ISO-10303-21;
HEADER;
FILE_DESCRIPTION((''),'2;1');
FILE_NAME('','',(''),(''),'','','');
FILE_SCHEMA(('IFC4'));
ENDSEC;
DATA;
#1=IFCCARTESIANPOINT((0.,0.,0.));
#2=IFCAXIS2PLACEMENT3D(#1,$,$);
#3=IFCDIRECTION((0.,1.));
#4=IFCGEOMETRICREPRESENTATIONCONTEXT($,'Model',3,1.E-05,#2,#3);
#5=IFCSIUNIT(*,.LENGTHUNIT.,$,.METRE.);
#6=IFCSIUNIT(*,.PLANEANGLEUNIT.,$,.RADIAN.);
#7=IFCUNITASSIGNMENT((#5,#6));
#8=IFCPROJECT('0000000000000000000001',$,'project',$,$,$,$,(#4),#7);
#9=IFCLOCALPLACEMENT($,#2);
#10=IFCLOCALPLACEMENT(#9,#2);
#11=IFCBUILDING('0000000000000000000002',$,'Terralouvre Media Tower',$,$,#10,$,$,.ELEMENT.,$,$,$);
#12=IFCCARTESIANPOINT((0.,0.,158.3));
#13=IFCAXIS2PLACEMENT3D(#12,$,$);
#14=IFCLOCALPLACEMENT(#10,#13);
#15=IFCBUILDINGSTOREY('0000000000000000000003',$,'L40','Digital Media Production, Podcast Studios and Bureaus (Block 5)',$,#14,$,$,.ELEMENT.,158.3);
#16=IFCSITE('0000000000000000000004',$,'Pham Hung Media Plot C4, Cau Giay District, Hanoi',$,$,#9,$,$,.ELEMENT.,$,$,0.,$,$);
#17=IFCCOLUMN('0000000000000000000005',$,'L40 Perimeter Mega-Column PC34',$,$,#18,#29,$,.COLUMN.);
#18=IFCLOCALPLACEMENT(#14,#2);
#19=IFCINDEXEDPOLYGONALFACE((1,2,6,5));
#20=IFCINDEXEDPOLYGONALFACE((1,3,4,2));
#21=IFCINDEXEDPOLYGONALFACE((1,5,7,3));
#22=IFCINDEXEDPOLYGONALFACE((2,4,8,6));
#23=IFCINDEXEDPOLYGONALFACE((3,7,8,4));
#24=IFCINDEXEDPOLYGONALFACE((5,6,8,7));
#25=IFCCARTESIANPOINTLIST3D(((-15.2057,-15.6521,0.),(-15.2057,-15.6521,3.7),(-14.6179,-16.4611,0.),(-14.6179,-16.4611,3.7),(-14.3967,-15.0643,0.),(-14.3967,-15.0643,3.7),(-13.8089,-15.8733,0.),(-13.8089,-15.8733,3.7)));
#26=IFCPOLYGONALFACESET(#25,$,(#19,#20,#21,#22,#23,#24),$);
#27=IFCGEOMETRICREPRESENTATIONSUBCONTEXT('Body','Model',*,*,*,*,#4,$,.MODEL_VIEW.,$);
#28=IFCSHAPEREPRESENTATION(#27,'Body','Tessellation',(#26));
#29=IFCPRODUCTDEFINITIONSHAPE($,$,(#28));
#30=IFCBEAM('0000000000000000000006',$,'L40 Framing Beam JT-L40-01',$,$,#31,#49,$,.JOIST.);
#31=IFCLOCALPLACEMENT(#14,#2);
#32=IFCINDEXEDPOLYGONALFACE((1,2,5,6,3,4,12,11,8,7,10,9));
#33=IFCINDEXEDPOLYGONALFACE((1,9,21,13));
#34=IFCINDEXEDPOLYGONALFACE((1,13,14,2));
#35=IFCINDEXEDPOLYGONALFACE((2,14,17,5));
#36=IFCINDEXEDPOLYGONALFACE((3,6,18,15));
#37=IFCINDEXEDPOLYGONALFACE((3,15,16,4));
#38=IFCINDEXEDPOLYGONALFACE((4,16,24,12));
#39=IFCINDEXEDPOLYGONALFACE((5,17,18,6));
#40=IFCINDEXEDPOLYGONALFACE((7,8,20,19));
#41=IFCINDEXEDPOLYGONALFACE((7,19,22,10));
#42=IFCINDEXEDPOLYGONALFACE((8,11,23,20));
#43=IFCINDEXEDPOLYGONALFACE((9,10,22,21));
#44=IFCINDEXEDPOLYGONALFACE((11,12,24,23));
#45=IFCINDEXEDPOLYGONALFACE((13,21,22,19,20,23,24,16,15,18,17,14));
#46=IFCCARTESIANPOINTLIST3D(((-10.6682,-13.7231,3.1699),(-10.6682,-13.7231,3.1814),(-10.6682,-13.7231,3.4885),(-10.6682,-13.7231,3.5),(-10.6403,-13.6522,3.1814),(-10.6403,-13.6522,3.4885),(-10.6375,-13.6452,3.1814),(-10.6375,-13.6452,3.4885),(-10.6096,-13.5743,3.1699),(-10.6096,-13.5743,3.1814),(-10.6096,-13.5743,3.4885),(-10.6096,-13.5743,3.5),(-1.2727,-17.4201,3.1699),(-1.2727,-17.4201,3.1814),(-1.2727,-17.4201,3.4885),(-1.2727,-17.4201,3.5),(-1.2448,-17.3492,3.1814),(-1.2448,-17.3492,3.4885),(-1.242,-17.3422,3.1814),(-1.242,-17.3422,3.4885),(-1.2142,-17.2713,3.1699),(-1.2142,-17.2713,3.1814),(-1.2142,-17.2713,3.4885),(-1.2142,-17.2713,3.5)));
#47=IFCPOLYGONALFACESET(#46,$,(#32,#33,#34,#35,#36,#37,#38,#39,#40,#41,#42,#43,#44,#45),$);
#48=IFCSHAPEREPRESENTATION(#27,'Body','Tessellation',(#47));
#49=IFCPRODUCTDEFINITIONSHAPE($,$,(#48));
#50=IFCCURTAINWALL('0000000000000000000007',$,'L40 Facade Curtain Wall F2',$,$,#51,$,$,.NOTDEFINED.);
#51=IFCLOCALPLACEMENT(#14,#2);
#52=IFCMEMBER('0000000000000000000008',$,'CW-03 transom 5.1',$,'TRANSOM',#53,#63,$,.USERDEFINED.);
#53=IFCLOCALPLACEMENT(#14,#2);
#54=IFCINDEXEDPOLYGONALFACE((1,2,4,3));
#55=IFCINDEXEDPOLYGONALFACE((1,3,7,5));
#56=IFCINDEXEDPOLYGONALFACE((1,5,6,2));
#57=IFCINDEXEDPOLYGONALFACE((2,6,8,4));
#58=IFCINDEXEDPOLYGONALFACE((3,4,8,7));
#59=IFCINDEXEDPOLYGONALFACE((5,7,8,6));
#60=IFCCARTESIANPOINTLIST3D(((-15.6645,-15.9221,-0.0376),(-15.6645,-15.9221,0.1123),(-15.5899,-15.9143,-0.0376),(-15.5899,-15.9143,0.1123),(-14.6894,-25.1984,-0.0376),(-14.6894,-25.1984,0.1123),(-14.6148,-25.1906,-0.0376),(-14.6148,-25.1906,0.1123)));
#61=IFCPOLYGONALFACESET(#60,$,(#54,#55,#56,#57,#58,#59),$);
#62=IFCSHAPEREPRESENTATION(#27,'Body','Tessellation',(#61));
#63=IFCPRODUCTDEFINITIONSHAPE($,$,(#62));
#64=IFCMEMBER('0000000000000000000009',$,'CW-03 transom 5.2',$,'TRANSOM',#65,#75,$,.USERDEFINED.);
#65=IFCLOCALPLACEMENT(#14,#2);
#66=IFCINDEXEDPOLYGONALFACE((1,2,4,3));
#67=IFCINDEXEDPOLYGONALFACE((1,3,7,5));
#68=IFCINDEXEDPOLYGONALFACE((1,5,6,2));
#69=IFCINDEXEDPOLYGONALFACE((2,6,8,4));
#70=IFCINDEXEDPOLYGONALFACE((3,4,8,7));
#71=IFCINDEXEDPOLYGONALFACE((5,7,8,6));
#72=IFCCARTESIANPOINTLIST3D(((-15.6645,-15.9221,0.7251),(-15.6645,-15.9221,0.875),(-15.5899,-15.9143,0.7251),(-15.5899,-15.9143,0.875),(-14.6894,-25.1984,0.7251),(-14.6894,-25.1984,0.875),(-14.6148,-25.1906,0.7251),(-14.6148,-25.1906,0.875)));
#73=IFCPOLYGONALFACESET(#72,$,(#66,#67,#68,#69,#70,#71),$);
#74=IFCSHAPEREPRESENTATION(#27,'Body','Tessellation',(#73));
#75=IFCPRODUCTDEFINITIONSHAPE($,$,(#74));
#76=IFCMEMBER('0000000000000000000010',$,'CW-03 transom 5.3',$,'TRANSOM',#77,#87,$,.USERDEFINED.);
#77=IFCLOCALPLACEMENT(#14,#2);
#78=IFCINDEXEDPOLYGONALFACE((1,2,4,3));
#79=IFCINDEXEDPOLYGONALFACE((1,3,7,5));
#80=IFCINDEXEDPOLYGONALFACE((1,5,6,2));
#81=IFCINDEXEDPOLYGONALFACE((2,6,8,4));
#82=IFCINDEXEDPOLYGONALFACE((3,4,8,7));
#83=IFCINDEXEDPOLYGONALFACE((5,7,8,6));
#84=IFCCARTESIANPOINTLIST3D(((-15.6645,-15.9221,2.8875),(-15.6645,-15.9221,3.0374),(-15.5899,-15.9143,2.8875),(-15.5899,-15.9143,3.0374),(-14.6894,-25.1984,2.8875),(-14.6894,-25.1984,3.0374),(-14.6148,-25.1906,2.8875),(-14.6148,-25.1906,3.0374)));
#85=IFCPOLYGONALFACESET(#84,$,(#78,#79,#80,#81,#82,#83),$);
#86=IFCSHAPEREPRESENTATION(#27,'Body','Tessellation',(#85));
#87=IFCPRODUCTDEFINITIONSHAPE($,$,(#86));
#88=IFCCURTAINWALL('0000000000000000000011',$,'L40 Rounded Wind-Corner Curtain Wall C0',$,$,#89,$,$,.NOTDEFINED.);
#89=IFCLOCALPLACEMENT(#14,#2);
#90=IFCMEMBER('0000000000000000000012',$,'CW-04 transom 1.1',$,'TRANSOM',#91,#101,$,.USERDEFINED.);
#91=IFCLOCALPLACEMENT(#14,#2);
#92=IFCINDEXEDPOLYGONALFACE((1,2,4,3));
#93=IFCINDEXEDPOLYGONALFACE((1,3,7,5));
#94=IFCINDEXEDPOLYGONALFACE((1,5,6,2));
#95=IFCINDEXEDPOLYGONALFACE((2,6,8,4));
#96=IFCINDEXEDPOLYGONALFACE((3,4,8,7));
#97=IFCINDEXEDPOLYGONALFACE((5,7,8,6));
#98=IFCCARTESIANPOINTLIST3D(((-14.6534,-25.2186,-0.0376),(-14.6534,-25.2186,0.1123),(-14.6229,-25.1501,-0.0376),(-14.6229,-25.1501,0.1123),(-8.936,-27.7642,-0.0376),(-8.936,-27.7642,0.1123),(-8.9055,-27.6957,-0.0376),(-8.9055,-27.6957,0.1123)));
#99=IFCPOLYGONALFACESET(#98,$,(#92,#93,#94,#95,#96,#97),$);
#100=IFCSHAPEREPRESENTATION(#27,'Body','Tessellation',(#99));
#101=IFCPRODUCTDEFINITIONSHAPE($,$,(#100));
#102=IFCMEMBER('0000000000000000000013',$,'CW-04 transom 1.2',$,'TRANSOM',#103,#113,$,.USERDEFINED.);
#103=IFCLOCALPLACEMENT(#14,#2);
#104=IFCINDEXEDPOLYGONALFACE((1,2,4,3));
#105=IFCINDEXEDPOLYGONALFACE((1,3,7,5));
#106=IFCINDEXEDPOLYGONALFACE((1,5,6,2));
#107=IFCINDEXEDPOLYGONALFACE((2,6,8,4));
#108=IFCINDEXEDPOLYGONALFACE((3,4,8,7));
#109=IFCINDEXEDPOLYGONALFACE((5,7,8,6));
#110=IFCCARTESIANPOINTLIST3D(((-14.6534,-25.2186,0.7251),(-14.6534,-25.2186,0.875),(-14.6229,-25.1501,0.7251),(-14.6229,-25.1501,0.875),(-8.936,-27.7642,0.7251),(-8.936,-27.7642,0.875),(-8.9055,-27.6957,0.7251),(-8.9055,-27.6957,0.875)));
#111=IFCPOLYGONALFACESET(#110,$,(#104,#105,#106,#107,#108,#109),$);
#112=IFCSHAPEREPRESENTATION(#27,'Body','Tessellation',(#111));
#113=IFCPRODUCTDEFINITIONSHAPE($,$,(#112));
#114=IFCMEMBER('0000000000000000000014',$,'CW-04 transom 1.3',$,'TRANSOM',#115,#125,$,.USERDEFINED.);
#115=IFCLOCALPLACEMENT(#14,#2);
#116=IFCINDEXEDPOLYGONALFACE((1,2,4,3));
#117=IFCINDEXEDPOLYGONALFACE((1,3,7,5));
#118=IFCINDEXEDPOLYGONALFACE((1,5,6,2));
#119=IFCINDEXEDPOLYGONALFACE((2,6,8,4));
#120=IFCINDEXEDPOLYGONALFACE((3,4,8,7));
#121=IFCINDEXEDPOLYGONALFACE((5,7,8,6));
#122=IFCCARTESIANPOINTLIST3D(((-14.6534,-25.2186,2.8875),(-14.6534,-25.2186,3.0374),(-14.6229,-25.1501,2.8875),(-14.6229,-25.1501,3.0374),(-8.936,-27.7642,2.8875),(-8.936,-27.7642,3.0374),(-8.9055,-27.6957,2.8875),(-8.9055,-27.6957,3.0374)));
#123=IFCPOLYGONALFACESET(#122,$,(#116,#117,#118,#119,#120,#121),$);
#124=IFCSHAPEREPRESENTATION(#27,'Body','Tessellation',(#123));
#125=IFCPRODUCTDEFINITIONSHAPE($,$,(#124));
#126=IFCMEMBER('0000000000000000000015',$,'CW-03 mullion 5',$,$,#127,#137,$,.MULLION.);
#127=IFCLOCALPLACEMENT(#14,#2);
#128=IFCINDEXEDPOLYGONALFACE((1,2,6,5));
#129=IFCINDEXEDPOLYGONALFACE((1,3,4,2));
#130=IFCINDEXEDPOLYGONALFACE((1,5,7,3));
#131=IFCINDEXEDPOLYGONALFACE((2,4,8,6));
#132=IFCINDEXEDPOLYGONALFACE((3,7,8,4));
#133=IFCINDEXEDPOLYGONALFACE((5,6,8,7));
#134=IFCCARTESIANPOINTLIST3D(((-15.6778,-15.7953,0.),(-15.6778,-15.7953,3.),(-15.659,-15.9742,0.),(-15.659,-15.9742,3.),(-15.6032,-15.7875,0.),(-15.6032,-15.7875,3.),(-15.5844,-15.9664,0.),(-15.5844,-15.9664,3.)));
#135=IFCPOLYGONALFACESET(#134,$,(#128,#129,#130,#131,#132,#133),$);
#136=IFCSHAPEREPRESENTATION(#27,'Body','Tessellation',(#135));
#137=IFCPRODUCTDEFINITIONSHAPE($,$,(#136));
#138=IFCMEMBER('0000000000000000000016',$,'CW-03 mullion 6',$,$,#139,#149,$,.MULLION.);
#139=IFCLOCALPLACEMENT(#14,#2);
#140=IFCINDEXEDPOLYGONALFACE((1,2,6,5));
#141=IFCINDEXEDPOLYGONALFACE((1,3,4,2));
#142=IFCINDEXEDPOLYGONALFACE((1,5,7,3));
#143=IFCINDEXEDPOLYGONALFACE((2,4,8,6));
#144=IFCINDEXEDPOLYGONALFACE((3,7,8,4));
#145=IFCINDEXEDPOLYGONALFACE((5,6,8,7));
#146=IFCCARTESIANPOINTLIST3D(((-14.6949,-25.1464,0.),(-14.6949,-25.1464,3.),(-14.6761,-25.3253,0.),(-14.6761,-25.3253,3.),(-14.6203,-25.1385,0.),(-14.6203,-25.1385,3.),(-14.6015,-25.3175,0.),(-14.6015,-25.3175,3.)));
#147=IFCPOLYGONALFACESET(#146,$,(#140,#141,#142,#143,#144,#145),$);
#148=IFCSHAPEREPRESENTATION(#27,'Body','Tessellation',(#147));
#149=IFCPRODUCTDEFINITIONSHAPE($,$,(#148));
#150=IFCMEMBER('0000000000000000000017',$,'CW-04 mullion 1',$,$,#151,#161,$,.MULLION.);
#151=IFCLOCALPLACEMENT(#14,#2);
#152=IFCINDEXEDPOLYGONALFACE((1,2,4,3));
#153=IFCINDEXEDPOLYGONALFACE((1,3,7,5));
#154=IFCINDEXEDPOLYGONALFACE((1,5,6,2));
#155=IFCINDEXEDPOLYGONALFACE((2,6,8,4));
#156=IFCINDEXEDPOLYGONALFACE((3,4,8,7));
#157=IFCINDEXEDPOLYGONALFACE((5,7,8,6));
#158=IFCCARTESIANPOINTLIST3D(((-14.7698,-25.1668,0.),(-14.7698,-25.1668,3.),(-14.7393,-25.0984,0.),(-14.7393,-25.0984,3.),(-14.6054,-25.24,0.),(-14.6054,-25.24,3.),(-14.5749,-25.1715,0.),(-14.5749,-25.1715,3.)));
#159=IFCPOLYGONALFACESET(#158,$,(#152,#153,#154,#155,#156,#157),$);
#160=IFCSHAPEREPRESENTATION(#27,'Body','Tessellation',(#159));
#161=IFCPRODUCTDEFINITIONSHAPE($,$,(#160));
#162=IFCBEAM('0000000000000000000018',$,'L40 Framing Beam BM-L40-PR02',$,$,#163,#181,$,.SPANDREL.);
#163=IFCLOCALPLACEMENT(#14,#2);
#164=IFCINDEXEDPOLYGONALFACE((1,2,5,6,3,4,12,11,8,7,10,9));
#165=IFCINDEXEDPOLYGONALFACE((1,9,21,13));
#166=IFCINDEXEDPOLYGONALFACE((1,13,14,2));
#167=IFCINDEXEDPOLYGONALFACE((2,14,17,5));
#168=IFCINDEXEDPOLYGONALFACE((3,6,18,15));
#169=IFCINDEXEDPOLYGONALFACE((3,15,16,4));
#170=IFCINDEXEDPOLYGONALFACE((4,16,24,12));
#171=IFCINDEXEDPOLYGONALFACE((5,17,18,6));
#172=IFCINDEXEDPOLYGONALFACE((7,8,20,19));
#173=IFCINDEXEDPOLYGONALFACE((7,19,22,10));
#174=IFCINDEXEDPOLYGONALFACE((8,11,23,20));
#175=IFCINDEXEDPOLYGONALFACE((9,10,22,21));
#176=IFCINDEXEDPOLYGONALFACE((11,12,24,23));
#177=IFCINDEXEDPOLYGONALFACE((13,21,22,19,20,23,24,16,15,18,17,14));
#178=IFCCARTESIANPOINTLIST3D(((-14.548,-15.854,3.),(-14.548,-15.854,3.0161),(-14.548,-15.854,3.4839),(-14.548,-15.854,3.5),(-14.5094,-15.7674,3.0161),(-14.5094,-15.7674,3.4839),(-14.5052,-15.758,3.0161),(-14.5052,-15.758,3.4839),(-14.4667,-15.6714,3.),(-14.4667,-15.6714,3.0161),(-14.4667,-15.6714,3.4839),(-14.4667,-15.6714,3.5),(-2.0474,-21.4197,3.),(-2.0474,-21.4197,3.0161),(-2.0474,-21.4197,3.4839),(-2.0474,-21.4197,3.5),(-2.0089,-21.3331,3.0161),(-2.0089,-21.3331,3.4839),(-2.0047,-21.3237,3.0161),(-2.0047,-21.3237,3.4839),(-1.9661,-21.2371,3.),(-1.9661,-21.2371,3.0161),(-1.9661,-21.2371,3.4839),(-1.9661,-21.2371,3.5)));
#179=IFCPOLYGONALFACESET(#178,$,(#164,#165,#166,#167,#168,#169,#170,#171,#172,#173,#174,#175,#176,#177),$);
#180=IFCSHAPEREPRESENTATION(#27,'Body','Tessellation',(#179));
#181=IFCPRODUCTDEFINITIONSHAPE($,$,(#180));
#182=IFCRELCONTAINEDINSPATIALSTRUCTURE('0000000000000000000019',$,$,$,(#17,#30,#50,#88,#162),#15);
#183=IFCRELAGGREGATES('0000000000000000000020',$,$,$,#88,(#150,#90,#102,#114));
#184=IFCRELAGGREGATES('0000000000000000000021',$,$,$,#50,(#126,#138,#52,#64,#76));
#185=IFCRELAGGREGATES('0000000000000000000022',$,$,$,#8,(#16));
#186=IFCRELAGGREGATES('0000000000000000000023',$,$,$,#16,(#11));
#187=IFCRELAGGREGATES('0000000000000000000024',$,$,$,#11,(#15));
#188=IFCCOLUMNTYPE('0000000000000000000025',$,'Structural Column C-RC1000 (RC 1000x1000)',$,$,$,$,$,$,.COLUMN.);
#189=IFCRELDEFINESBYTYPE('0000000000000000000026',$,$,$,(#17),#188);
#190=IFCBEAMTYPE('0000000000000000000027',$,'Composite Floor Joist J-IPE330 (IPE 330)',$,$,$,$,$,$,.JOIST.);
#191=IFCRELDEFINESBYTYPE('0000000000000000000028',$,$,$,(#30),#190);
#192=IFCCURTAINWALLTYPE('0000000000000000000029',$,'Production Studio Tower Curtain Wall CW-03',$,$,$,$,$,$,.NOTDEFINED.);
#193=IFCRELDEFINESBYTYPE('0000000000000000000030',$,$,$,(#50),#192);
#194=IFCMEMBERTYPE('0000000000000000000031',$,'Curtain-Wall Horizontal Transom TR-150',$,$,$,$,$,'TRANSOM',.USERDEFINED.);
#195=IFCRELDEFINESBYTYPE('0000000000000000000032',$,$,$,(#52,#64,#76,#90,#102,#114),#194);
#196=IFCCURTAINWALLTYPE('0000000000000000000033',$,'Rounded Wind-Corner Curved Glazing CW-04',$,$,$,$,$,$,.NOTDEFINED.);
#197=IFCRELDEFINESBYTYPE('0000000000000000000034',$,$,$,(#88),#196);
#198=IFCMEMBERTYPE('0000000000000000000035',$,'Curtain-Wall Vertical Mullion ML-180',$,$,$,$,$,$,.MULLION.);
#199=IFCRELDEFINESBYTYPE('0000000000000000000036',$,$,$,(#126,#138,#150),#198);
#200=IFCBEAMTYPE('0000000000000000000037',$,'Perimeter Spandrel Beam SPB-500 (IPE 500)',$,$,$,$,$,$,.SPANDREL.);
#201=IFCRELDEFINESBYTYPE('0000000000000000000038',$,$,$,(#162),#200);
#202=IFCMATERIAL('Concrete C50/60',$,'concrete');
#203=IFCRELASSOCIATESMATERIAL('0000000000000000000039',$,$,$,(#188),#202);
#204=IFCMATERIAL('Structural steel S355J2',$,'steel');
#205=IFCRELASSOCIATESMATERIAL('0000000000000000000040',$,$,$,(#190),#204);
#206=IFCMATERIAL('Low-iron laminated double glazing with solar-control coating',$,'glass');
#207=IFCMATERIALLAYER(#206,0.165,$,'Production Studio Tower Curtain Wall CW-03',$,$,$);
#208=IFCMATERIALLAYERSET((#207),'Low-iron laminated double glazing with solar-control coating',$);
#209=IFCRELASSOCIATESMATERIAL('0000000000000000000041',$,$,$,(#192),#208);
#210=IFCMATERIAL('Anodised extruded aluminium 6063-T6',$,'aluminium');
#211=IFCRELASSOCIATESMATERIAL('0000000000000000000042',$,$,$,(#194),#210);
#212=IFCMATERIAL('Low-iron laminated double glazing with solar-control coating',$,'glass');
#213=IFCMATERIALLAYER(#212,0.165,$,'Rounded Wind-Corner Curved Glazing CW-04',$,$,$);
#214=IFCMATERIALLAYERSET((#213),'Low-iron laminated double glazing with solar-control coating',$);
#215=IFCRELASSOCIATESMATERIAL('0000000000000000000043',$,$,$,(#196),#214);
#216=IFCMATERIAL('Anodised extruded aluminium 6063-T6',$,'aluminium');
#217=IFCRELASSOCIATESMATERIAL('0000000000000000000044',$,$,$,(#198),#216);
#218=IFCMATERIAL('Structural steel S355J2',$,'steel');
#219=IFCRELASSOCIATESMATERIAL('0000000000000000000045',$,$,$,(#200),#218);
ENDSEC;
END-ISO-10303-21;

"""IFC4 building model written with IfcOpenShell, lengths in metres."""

from ifc_helpers import new_model, si_unit, direction, frame, origin, origin_2d, place, context, subcontext, project, spatial, rectangle, i_section, extrude, material, layer, layer_set, material_profile, profile_set, type_object, element, aggregate, save


model = new_model("IFC4")

# Units and contexts
model_context = context("Model", 3, precision=1e-05, world=origin(), true_north=direction((0.0, 1.0)))
body_context = subcontext(model_context, "Body", "Model", "MODEL_VIEW")
ifc_project = project(units=[si_unit("LENGTHUNIT", "METRE"), si_unit("PLANEANGLEUNIT", "RADIAN")], contexts=[model_context])

# Site, building, storey
site_placement = place(None, origin())
site = spatial("IfcSite", under=ifc_project, at=site_placement, Name="Pham Hung Media Plot C4, Cau Giay District, Hanoi", CompositionType="ELEMENT", RefElevation=0.0)
building_placement = place(site_placement, origin())
building = spatial("IfcBuilding", under=site, at=building_placement, Name="Terralouvre Media Tower", CompositionType="ELEMENT")
storey_placement = place(building_placement, frame((0.0, 0.0, 158.3)))
storey = spatial("IfcBuildingStorey", under=building, at=storey_placement, Name="L40", Description="Digital Media Production, Podcast Studios and Bureaus (Block 5)", CompositionType="ELEMENT", Elevation=158.3)

# Column
ifc_material_1 = material(Name="Concrete C50/60", Category="concrete")
ifc_material_profile_1 = material_profile(ifc_material_1, rectangle(XDim=1.0, YDim=1.0, at=origin_2d()), Name="RC 1000x1000")
ifc_profile_set_1 = profile_set([ifc_material_profile_1], Name="Concrete C50/60")
column_type = type_object("IfcColumnType", Name="Structural Column C-RC1000 (RC 1000x1000)", PredefinedType="COLUMN", material=ifc_profile_set_1)
column_placement = place(storey_placement, frame((-14.5073, -15.7627, 0.0), z_axis=(0.0, 0.0, 1.0), x_axis=(0.809017, 0.587785, 0.0)))
element("IfcColumn", 1, at=column_placement, inside=storey, type_object=column_type, Name="L40 Perimeter Mega-Column PC34", PredefinedType="COLUMN", context=body_context, shape_type="SweptSolid", body=[
    extrude(rectangle(XDim=1.0, YDim=1.0, at=origin_2d()), origin(), (0.0, 0.0, 1.0), 3.7),
])

# Beam
ifc_material_2 = material(Name="Structural steel S355J2", Category="steel")
ifc_material_profile_2 = material_profile(ifc_material_2, i_section(OverallWidth=0.1599, OverallDepth=0.3301, WebThickness=0.0076, FlangeThickness=0.0115, at=origin_2d()), Name="IPE 330")
ifc_profile_set_2 = profile_set([ifc_material_profile_2], Name="Structural steel S355J2")
beam_type_1 = type_object("IfcBeamType", Name="Composite Floor Joist J-IPE330 (IPE 330)", PredefinedType="JOIST", material=ifc_profile_set_2)
beam_1_placement = place(storey_placement, frame((-10.6389, -13.6487, 3.335), z_axis=(0.930552, -0.366161, 0.0), x_axis=(0.366161, 0.930552, 0.0)))
element("IfcBeam", 2, at=beam_1_placement, inside=storey, type_object=beam_type_1, Name="L40 Framing Beam JT-L40-01", PredefinedType="JOIST", context=body_context, shape_type="SweptSolid", body=[
    extrude(i_section(OverallWidth=0.1599, OverallDepth=0.3301, WebThickness=0.0076, FlangeThickness=0.0115, at=origin_2d()), origin(), (0.0, 0.0, 1.0), 10.0967),
])

# Curtain walls, members
ifc_material_3 = material(Name="Low-iron laminated double glazing with solar-control coating", Category="glass")
ifc_layer_1 = layer(ifc_material_3, 0.165, Name="Production Studio Tower Curtain Wall CW-03")
ifc_layer_set_1 = layer_set([ifc_layer_1], Name="Low-iron laminated double glazing with solar-control coating")
curtain_wall_type_1 = type_object("IfcCurtainWallType", Name="Production Studio Tower Curtain Wall CW-03", PredefinedType="NOTDEFINED", material=ifc_layer_set_1)
curtain_wall_1_placement = place(storey_placement, origin())
curtain_wall_1 = element("IfcCurtainWall", 3, at=curtain_wall_1_placement, inside=storey, type_object=curtain_wall_type_1, Name="L40 Facade Curtain Wall F2", PredefinedType="NOTDEFINED")
ifc_material_4 = material(Name="Anodised extruded aluminium 6063-T6", Category="aluminium")
ifc_material_profile_3 = material_profile(ifc_material_4, rectangle(XDim=0.075, YDim=0.1499, at=origin_2d()), Name="ALU 75x150")
ifc_profile_set_3 = profile_set([ifc_material_profile_3], Name="Anodised extruded aluminium 6063-T6")
member_type_1 = type_object("IfcMemberType", Name="Curtain-Wall Horizontal Transom TR-150", ElementType="TRANSOM", PredefinedType="USERDEFINED", material=ifc_profile_set_3)
member_1_placement = place(storey_placement, frame((-15.6272, -15.9182, 0.0374), z_axis=(0.10454, -0.994521, 0.0), x_axis=(0.994521, 0.10454, 0.0)))
member_1 = element("IfcMember", 4, at=member_1_placement, type_object=member_type_1, Name="CW-03 transom 5.1", ObjectType="TRANSOM", PredefinedType="USERDEFINED", context=body_context, shape_type="SweptSolid", body=[
    extrude(rectangle(XDim=0.075, YDim=0.1499, at=origin_2d()), origin(), (0.0, 0.0, 1.0), 9.3274),
])
member_2_placement = place(storey_placement, frame((-15.6272, -15.9182, 0.8), z_axis=(0.10454, -0.994521, 0.0), x_axis=(0.994521, 0.10454, 0.0)))
member_2 = element("IfcMember", 5, at=member_2_placement, type_object=member_type_1, Name="CW-03 transom 5.2", ObjectType="TRANSOM", PredefinedType="USERDEFINED", context=body_context, shape_type="SweptSolid", body=[
    extrude(rectangle(XDim=0.075, YDim=0.1499, at=origin_2d()), origin(), (0.0, 0.0, 1.0), 9.3274),
])
member_3_placement = place(storey_placement, frame((-15.6272, -15.9182, 2.9624), z_axis=(0.10454, -0.994521, 0.0), x_axis=(0.994521, 0.10454, 0.0)))
member_3 = element("IfcMember", 6, at=member_3_placement, type_object=member_type_1, Name="CW-03 transom 5.3", ObjectType="TRANSOM", PredefinedType="USERDEFINED", context=body_context, shape_type="SweptSolid", body=[
    extrude(rectangle(XDim=0.075, YDim=0.1499, at=origin_2d()), origin(), (0.0, 0.0, 1.0), 9.3274),
])
ifc_material_5 = material(Name="Low-iron laminated double glazing with solar-control coating", Category="glass")
ifc_layer_2 = layer(ifc_material_5, 0.165, Name="Rounded Wind-Corner Curved Glazing CW-04")
ifc_layer_set_2 = layer_set([ifc_layer_2], Name="Low-iron laminated double glazing with solar-control coating")
curtain_wall_type_2 = type_object("IfcCurtainWallType", Name="Rounded Wind-Corner Curved Glazing CW-04", PredefinedType="NOTDEFINED", material=ifc_layer_set_2)
curtain_wall_2_placement = place(storey_placement, origin())
curtain_wall_2 = element("IfcCurtainWall", 7, at=curtain_wall_2_placement, inside=storey, type_object=curtain_wall_type_2, Name="L40 Rounded Wind-Corner Curtain Wall C0", PredefinedType="NOTDEFINED")
member_4_placement = place(storey_placement, frame((-14.6382, -25.1843, 0.0374), z_axis=(0.913543, -0.406743, 0.0), x_axis=(0.406743, 0.913543, 0.0)))
member_4 = element("IfcMember", 8, at=member_4_placement, type_object=member_type_1, Name="CW-04 transom 1.1", ObjectType="TRANSOM", PredefinedType="USERDEFINED", context=body_context, shape_type="SweptSolid", body=[
    extrude(rectangle(XDim=0.075, YDim=0.1499, at=origin_2d()), origin(), (0.0, 0.0, 1.0), 6.2585),
])
member_5_placement = place(storey_placement, frame((-14.6382, -25.1843, 0.8), z_axis=(0.913543, -0.406743, 0.0), x_axis=(0.406743, 0.913543, 0.0)))
member_5 = element("IfcMember", 9, at=member_5_placement, type_object=member_type_1, Name="CW-04 transom 1.2", ObjectType="TRANSOM", PredefinedType="USERDEFINED", context=body_context, shape_type="SweptSolid", body=[
    extrude(rectangle(XDim=0.075, YDim=0.1499, at=origin_2d()), origin(), (0.0, 0.0, 1.0), 6.2585),
])
member_6_placement = place(storey_placement, frame((-14.6382, -25.1843, 2.9624), z_axis=(0.913543, -0.406743, 0.0), x_axis=(0.406743, 0.913543, 0.0)))
member_6 = element("IfcMember", 10, at=member_6_placement, type_object=member_type_1, Name="CW-04 transom 1.3", ObjectType="TRANSOM", PredefinedType="USERDEFINED", context=body_context, shape_type="SweptSolid", body=[
    extrude(rectangle(XDim=0.075, YDim=0.1499, at=origin_2d()), origin(), (0.0, 0.0, 1.0), 6.2585),
])

# Members
ifc_material_6 = material(Name="Anodised extruded aluminium 6063-T6", Category="aluminium")
ifc_material_profile_4 = material_profile(ifc_material_6, rectangle(XDim=0.075, YDim=0.1799, at=origin_2d()), Name="ALU 75x180")
ifc_profile_set_4 = profile_set([ifc_material_profile_4], Name="Anodised extruded aluminium 6063-T6")
member_type_2 = type_object("IfcMemberType", Name="Curtain-Wall Vertical Mullion ML-180", PredefinedType="MULLION", material=ifc_profile_set_4)
member_7_placement = place(storey_placement, frame((-15.6311, -15.8809, 0.0), z_axis=(0.0, 0.0, 1.0), x_axis=(0.994522, 0.104528, 0.0)))
member_7 = element("IfcMember", 11, at=member_7_placement, type_object=member_type_2, Name="CW-03 mullion 5", PredefinedType="MULLION", context=body_context, shape_type="SweptSolid", body=[
    extrude(rectangle(XDim=0.075, YDim=0.1799, at=origin_2d()), origin(), (0.0, 0.0, 1.0), 3.0),
])
member_8_placement = place(storey_placement, frame((-14.6482, -25.2319, 0.0), z_axis=(0.0, 0.0, 1.0), x_axis=(0.994522, 0.104528, 0.0)))
member_8 = element("IfcMember", 12, at=member_8_placement, type_object=member_type_2, Name="CW-03 mullion 6", PredefinedType="MULLION", context=body_context, shape_type="SweptSolid", body=[
    extrude(rectangle(XDim=0.075, YDim=0.1799, at=origin_2d()), origin(), (0.0, 0.0, 1.0), 3.0),
])
member_9_placement = place(storey_placement, frame((-14.6724, -25.1692, 0.0), z_axis=(0.0, 0.0, 1.0), x_axis=(0.406737, 0.913545, 0.0)))
member_9 = element("IfcMember", 13, at=member_9_placement, type_object=member_type_2, Name="CW-04 mullion 1", PredefinedType="MULLION", context=body_context, shape_type="SweptSolid", body=[
    extrude(rectangle(XDim=0.075, YDim=0.1799, at=origin_2d()), origin(), (0.0, 0.0, 1.0), 3.0),
])

# Beam
ifc_material_7 = material(Name="Structural steel S355J2", Category="steel")
ifc_material_profile_5 = material_profile(ifc_material_7, i_section(OverallWidth=0.2, OverallDepth=0.5, WebThickness=0.0103, FlangeThickness=0.0161, at=origin_2d()), Name="IPE 500")
ifc_profile_set_5 = profile_set([ifc_material_profile_5], Name="Structural steel S355J2")
beam_type_2 = type_object("IfcBeamType", Name="Perimeter Spandrel Beam SPB-500 (IPE 500)", PredefinedType="SPANDREL", material=ifc_profile_set_5)
beam_2_placement = place(storey_placement, frame((-14.5073, -15.7627, 3.25), z_axis=(0.913543, -0.406743, 0.0), x_axis=(0.406743, 0.913543, 0.0)))
element("IfcBeam", 14, at=beam_2_placement, inside=storey, type_object=beam_type_2, Name="L40 Framing Beam BM-L40-PR02", PredefinedType="SPANDREL", context=body_context, shape_type="SweptSolid", body=[
    extrude(i_section(OverallWidth=0.2, OverallDepth=0.5, WebThickness=0.0103, FlangeThickness=0.0161, at=origin_2d()), origin(), (0.0, 0.0, 1.0), 13.6836),
])

aggregate(curtain_wall_2, [member_9, member_4, member_5, member_6])
aggregate(curtain_wall_1, [member_7, member_8, member_1, member_2, member_3])

save(model, "model.ifc")
